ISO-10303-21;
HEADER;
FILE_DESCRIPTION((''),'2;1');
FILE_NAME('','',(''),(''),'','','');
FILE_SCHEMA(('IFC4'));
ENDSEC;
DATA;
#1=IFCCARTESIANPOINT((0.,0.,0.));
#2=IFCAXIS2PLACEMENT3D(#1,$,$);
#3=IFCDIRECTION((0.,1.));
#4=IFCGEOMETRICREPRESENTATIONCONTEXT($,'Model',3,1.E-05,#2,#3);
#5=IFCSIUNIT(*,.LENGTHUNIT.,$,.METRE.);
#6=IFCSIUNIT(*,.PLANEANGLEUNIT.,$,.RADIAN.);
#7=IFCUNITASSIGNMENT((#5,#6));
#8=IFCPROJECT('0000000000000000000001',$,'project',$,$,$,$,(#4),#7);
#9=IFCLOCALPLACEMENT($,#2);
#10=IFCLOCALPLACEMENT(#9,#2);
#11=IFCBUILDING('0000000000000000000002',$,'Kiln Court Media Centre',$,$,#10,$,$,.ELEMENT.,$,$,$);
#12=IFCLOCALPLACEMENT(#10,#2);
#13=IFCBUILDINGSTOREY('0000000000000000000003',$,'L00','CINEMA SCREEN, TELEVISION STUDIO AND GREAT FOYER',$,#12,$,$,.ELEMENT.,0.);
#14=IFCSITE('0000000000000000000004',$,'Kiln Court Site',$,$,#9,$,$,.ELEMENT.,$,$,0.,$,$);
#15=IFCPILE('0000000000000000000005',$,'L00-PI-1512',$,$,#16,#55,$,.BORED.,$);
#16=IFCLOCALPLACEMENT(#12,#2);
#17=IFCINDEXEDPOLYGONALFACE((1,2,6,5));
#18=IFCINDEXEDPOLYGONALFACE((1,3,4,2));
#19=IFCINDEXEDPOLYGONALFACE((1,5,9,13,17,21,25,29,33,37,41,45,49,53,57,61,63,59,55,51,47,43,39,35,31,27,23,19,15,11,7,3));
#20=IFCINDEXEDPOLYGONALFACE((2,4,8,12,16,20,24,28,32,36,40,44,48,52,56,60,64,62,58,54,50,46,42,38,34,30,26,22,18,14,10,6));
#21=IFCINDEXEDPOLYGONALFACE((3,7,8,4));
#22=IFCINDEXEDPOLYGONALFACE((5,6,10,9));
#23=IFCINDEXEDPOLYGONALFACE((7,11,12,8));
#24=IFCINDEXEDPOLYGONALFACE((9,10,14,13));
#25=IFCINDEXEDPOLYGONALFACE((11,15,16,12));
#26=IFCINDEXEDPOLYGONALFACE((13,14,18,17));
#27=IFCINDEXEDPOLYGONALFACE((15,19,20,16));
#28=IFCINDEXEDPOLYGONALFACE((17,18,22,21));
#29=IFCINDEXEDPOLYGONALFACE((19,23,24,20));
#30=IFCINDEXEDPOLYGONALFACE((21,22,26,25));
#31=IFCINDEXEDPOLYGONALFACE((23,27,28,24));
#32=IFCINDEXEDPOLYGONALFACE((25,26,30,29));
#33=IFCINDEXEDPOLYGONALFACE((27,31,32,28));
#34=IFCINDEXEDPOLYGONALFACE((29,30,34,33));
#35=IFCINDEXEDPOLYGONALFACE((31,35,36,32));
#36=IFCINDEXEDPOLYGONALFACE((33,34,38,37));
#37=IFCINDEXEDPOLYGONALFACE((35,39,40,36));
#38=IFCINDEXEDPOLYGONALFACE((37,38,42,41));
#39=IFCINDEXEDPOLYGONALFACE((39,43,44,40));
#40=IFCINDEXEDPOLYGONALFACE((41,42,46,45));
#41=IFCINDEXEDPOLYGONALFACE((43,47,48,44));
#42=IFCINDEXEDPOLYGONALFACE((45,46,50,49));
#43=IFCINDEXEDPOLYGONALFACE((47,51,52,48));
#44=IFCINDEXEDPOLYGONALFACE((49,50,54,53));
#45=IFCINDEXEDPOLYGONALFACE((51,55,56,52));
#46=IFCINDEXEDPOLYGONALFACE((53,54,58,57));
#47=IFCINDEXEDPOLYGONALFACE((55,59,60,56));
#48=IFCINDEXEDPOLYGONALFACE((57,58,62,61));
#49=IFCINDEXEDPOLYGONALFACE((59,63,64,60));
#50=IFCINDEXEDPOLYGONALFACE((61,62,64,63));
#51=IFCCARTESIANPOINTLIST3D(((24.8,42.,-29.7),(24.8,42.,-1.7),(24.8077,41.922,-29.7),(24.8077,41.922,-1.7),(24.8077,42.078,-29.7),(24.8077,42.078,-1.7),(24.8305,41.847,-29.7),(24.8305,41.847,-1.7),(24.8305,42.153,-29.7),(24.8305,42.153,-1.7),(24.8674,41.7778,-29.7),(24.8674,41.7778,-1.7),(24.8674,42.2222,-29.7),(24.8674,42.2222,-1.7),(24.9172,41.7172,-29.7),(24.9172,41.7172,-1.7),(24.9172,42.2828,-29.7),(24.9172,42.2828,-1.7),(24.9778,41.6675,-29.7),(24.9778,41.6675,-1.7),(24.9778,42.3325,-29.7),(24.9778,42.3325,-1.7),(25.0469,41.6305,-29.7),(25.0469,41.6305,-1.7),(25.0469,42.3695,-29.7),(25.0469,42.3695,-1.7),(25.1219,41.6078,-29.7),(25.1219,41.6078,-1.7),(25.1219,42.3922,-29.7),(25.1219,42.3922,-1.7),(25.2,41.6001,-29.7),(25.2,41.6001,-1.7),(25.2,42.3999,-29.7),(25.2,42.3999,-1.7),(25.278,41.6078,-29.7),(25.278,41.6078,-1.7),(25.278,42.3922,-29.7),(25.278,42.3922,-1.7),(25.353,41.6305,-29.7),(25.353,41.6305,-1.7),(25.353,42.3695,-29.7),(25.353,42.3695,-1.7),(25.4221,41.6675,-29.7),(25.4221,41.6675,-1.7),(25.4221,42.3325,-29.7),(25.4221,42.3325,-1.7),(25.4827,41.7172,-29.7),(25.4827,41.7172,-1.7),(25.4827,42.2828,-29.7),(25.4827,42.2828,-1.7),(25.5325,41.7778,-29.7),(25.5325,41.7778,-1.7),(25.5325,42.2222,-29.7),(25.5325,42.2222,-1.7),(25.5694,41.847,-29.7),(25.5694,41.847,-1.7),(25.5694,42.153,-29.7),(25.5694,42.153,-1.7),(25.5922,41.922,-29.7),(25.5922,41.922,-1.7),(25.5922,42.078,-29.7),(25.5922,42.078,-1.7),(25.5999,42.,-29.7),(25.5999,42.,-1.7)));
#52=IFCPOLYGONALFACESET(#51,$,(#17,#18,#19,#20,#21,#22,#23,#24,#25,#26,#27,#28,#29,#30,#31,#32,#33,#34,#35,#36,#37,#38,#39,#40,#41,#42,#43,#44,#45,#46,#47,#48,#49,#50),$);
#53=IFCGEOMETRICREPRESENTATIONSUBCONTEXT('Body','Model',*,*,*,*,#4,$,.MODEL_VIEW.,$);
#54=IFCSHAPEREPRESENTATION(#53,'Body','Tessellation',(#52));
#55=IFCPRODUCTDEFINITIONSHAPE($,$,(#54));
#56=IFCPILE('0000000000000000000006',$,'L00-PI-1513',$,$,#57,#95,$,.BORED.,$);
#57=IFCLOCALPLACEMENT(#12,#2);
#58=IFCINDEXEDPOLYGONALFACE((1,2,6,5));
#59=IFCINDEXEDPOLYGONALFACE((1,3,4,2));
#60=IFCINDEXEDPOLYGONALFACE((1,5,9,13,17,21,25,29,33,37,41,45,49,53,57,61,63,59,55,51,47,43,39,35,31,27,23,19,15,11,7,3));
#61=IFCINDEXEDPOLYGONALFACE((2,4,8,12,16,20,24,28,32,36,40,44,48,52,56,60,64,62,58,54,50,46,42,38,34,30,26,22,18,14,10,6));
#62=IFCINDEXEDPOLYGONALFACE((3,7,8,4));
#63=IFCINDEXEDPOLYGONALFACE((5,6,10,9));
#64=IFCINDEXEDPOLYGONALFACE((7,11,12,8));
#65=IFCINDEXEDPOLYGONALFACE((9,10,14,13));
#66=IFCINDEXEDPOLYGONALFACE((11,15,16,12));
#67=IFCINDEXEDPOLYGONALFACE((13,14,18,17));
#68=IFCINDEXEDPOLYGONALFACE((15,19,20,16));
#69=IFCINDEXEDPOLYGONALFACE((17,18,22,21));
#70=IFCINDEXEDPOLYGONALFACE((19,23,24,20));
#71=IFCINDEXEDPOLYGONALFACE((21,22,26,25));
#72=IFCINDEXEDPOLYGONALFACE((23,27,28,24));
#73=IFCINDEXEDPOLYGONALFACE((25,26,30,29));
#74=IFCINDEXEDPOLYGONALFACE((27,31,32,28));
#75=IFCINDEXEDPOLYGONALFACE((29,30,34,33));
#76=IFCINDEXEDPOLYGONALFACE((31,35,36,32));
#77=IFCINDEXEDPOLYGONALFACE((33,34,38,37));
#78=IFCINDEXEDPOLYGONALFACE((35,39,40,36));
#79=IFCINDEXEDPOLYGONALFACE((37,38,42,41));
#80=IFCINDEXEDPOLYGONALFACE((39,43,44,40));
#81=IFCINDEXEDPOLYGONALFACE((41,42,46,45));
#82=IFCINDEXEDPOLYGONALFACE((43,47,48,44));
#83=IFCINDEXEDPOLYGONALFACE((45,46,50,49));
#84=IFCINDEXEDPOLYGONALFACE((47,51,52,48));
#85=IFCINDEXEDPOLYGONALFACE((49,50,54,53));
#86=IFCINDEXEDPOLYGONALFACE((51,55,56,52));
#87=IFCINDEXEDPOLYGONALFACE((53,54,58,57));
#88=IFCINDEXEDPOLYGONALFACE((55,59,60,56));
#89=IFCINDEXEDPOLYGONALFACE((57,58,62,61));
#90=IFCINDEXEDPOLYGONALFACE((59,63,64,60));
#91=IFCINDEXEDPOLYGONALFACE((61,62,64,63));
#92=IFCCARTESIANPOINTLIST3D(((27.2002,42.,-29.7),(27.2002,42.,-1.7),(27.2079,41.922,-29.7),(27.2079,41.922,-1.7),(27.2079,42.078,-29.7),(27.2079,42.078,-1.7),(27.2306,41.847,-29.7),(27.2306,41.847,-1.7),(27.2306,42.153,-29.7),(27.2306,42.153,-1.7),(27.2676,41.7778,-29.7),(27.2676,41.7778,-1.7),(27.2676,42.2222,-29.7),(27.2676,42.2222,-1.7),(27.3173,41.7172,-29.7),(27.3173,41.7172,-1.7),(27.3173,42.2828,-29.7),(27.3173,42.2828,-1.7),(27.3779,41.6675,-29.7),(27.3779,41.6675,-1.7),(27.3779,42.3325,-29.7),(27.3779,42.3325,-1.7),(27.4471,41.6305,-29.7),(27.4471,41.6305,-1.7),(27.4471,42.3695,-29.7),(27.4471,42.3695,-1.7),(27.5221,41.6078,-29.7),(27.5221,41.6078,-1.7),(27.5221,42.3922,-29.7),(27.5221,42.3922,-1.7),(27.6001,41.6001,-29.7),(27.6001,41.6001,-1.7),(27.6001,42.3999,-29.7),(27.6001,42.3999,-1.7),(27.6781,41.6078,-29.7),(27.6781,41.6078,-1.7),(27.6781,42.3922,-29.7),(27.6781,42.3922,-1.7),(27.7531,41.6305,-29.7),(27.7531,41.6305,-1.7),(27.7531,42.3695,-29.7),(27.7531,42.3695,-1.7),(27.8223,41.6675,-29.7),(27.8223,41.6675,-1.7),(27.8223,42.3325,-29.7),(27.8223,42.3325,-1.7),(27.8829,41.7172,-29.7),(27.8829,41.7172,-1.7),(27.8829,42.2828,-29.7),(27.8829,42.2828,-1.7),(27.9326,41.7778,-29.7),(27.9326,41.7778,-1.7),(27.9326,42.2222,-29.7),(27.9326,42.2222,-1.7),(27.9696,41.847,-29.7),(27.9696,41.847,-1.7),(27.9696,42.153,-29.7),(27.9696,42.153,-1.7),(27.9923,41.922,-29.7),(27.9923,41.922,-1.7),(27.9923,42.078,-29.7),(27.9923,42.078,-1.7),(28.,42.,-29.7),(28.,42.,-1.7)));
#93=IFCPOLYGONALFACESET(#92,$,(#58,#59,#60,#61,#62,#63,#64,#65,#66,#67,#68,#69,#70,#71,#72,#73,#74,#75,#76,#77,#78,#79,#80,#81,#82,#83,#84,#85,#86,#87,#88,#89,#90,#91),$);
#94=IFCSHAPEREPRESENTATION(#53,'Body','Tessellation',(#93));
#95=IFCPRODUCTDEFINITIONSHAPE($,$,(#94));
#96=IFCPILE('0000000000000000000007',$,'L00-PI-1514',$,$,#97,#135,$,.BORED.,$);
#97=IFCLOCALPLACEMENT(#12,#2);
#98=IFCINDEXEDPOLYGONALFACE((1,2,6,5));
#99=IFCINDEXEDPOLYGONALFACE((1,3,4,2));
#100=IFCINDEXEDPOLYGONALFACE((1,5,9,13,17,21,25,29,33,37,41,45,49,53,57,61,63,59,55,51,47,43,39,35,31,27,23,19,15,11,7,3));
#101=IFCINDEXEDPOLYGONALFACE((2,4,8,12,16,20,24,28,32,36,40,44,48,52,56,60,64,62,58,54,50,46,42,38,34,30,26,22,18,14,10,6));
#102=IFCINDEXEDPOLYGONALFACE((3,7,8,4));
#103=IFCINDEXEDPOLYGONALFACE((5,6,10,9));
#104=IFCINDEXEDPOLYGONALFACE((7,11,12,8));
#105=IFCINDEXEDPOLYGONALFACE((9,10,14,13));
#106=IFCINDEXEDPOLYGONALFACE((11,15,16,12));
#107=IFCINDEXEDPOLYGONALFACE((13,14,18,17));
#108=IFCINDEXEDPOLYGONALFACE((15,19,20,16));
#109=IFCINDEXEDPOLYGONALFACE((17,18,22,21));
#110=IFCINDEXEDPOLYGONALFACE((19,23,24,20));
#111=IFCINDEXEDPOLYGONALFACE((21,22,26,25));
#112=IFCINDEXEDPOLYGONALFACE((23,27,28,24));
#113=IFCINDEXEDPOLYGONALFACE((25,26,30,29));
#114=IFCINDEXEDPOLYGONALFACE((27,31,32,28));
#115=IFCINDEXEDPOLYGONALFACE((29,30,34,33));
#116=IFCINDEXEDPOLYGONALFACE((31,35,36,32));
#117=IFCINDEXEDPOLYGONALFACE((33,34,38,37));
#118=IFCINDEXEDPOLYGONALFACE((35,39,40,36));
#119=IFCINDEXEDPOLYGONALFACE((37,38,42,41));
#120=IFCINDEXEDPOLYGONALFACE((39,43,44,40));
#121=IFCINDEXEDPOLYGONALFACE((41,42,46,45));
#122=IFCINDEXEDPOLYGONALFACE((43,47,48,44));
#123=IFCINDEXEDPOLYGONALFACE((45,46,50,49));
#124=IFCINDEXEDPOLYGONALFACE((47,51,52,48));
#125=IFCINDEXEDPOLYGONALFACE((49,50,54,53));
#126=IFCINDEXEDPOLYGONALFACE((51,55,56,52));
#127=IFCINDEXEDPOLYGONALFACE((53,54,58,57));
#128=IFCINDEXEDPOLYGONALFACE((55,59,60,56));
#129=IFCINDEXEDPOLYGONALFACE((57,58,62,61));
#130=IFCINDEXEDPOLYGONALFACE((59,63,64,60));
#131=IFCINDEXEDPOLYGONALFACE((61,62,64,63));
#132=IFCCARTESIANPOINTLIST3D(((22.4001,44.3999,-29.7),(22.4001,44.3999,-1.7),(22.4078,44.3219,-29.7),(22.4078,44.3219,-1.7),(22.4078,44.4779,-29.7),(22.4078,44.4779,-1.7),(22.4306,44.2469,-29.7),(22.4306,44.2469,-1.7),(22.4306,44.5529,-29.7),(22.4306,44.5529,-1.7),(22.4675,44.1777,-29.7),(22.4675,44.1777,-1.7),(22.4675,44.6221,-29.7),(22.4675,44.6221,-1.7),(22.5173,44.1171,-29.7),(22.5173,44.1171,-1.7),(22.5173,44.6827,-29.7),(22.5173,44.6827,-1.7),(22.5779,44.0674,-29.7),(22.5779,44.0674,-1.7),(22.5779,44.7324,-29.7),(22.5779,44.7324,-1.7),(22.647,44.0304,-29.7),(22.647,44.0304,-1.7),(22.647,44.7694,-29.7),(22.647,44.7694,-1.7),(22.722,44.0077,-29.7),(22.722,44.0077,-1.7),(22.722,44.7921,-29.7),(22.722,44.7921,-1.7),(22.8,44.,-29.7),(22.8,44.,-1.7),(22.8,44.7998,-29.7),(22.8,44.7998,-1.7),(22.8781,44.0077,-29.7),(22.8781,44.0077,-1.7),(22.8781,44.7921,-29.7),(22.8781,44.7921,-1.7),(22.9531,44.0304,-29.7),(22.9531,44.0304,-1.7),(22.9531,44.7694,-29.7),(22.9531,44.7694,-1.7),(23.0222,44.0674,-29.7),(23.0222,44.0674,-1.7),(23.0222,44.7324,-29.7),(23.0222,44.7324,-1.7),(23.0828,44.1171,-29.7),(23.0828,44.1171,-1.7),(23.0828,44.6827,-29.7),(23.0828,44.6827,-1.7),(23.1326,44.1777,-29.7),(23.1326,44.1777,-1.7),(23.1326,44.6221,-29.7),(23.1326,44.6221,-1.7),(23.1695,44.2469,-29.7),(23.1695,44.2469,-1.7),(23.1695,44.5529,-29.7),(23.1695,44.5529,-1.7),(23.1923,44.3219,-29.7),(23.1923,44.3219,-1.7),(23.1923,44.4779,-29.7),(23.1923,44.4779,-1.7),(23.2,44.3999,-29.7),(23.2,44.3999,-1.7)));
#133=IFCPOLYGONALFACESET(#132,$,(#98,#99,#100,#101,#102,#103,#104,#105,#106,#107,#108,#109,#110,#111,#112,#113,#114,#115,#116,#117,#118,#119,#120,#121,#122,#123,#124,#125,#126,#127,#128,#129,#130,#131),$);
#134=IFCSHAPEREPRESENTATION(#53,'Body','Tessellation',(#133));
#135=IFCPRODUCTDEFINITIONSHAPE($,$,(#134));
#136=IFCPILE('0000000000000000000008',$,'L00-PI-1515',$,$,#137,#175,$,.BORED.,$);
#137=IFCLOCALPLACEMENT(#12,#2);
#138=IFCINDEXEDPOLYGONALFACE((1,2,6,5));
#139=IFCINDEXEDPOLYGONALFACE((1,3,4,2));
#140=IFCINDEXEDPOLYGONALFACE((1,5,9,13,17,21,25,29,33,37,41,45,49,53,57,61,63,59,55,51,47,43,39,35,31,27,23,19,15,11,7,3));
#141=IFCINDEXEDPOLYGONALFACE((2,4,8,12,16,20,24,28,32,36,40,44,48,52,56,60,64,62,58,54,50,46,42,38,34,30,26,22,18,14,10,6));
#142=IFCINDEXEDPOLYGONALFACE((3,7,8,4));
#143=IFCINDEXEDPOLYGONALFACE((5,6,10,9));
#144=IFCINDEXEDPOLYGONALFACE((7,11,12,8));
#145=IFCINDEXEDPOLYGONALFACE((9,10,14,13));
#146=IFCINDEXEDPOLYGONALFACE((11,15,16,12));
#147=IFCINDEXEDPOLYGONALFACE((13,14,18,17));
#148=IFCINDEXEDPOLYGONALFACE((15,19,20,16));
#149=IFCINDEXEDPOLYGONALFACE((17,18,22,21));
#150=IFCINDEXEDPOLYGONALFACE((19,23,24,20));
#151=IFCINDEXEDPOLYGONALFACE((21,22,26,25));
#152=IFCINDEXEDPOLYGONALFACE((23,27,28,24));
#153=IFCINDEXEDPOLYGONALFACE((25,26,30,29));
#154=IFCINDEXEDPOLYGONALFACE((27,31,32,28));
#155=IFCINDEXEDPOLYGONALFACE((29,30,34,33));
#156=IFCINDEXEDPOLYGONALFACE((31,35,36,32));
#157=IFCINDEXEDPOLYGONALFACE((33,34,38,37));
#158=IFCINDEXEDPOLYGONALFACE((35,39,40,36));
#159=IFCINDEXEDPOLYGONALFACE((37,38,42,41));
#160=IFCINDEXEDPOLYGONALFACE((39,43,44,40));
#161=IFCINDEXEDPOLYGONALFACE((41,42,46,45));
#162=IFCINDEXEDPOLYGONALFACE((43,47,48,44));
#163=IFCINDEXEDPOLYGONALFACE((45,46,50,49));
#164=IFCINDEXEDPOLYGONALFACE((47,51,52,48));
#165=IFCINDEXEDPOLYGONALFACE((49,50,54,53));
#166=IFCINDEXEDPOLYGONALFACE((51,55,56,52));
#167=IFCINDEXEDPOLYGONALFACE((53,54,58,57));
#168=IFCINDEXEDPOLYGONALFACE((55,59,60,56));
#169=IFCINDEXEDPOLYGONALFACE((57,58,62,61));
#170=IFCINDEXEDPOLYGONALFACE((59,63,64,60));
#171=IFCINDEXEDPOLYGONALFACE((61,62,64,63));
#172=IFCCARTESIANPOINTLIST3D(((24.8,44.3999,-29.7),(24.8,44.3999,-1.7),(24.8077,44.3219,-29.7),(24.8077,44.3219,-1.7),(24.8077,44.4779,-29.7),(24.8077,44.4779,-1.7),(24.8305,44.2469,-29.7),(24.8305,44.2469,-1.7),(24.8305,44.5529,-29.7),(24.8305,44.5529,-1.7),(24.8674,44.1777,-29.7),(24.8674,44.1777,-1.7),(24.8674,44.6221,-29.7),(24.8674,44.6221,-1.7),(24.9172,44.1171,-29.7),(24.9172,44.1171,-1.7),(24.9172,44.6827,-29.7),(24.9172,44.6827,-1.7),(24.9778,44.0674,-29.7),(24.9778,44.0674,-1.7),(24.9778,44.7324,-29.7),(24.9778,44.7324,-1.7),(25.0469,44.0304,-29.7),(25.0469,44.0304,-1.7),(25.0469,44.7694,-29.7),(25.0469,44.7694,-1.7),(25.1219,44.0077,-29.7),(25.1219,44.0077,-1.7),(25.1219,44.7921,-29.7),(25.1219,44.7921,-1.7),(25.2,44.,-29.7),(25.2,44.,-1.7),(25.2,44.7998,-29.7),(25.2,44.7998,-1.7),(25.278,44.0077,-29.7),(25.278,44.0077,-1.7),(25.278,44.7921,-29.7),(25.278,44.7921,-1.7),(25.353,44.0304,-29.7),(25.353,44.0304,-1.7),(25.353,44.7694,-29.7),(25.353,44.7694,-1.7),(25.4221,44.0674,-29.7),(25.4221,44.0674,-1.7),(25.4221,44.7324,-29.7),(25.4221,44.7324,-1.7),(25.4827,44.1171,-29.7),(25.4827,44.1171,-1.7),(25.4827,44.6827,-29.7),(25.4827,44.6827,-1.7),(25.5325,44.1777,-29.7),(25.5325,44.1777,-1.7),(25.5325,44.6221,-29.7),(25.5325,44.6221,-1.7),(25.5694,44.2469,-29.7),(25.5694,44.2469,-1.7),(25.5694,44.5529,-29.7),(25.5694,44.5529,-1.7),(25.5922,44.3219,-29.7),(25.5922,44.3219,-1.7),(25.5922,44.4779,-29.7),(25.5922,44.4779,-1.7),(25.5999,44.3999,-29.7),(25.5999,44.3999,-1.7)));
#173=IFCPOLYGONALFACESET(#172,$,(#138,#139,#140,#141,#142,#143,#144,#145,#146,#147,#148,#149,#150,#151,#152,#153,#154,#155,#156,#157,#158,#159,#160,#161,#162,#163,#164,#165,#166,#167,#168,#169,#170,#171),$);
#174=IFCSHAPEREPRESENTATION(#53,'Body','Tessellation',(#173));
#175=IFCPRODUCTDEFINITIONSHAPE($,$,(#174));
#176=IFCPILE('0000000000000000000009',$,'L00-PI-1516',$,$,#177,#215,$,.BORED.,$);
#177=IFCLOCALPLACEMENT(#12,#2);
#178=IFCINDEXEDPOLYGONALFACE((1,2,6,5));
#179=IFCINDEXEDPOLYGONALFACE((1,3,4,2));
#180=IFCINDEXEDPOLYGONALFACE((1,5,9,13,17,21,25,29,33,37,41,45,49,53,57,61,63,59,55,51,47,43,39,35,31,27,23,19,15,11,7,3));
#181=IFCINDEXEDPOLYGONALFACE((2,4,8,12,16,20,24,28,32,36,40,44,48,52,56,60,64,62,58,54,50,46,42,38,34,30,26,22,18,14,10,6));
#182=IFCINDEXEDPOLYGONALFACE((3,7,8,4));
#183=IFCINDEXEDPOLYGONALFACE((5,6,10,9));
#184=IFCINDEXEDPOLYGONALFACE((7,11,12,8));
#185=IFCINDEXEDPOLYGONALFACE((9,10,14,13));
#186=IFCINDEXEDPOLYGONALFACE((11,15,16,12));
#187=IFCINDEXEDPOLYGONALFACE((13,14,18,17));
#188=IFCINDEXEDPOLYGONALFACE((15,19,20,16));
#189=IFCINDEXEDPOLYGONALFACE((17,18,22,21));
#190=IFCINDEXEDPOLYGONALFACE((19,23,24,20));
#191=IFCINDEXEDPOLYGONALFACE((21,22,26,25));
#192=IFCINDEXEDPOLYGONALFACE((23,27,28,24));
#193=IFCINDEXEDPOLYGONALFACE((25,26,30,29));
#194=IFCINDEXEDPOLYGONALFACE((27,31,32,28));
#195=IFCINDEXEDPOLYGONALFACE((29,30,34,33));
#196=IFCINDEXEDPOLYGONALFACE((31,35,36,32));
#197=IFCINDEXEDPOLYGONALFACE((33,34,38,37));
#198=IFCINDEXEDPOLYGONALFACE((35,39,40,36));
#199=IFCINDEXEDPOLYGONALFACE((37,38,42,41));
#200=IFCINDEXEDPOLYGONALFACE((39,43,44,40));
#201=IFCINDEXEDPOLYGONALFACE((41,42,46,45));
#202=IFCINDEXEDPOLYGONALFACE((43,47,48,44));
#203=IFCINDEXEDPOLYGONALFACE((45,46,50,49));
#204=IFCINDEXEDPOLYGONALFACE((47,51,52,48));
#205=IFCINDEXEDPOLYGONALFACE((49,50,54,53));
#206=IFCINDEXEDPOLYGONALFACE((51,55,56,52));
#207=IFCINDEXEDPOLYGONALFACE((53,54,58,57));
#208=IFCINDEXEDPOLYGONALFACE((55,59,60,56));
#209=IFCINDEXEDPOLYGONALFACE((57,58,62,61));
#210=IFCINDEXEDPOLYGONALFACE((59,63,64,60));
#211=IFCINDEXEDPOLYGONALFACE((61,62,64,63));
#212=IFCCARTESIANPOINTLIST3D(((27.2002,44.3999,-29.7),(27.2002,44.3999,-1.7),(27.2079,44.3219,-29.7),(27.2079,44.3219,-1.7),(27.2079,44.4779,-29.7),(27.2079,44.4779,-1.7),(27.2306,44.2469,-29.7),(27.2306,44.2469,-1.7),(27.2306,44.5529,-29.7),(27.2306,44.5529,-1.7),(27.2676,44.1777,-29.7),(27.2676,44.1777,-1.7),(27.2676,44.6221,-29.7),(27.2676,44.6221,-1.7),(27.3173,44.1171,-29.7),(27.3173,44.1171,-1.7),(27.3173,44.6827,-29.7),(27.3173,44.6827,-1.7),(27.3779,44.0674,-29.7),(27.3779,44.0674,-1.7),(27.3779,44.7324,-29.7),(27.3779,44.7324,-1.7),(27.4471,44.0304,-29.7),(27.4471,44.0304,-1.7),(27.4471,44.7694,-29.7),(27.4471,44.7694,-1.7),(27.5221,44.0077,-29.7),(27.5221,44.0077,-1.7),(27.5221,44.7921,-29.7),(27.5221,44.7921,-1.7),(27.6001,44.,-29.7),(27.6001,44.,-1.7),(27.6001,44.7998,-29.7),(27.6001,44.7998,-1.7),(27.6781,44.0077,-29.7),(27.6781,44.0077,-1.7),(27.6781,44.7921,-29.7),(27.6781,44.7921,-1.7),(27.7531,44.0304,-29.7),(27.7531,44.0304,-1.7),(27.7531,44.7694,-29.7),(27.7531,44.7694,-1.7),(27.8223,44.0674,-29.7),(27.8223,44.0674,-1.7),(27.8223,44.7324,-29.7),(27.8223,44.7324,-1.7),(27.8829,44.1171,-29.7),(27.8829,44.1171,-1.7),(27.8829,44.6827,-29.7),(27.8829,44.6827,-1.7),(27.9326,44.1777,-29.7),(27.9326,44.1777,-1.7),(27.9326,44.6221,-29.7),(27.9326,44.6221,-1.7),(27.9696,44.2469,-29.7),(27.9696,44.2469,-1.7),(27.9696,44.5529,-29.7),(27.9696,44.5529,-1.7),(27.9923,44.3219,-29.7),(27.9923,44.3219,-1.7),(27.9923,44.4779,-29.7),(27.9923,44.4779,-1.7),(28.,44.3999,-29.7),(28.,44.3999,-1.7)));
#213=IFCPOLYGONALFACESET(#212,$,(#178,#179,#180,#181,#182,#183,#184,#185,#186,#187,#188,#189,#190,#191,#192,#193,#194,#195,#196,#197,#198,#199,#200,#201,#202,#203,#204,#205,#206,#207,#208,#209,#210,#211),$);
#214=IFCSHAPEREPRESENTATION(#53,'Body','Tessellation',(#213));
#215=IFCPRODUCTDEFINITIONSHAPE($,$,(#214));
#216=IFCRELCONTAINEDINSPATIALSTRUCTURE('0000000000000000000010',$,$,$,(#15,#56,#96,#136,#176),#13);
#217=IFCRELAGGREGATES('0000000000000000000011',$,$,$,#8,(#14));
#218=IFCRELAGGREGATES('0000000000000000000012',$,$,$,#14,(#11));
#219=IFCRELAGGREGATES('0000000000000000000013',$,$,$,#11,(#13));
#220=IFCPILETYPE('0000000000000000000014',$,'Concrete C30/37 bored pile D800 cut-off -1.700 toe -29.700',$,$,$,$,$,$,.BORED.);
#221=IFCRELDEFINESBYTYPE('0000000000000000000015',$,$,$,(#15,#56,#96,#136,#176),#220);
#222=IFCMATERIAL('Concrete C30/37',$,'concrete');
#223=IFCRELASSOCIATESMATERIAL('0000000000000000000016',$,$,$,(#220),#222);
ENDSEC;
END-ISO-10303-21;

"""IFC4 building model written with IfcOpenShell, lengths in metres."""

from ifc_helpers import new_model, si_unit, direction, frame, origin, origin_2d, place, context, subcontext, project, spatial, circle, extrude, material, material_profile, profile_set, type_object, element, save


model = new_model("IFC4")

# Units and contexts
model_context = context("Model", 3, precision=1e-05, world=origin(), true_north=direction((0.0, 1.0)))
body_context = subcontext(model_context, "Body", "Model", "MODEL_VIEW")
ifc_project = project(units=[si_unit("LENGTHUNIT", "METRE"), si_unit("PLANEANGLEUNIT", "RADIAN")], contexts=[model_context])

# Site, building, storey
site_placement = place(None, origin())
site = spatial("IfcSite", under=ifc_project, at=site_placement, Name="Kiln Court Site", CompositionType="ELEMENT", RefElevation=0.0)
building_placement = place(site_placement, origin())
building = spatial("IfcBuilding", under=site, at=building_placement, Name="Kiln Court Media Centre", CompositionType="ELEMENT")
storey_placement = place(building_placement, origin())
storey = spatial("IfcBuildingStorey", under=building, at=storey_placement, Name="L00", Description="CINEMA SCREEN, TELEVISION STUDIO AND GREAT FOYER", CompositionType="ELEMENT", Elevation=0.0)

# Piles
ifc_material_1 = material(Name="Concrete C30/37", Category="concrete")
ifc_material_profile_1 = material_profile(ifc_material_1, circle(Radius=0.3999, at=origin_2d()), Name="PILE D800")
ifc_profile_set_1 = profile_set([ifc_material_profile_1], Name="Concrete C30/37")
pile_type_1 = type_object("IfcPileType", Name="Concrete C30/37 bored pile D800 cut-off -1.700 toe -29.700", PredefinedType="BORED", material=ifc_profile_set_1)
for number, where, z_axis, x_axis, name in (
    (1, (25.2, 42.0, -1.7), (0.0, 0.0, -1.0), (1.0, 0.0, 0.0), "L00-PI-1512"),
    (2, (27.6001, 42.0, -1.7), (0.0, 0.0, -1.0), (1.0, 0.0, 0.0), "L00-PI-1513"),
    (3, (22.8, 44.3999, -1.7), (0.0, 0.0, -1.0), (1.0, 0.0, 0.0), "L00-PI-1514"),
    (4, (25.2, 44.3999, -1.7), (0.0, 0.0, -1.0), (1.0, 0.0, 0.0), "L00-PI-1515"),
    (5, (27.6001, 44.3999, -1.7), (0.0, 0.0, -1.0), (1.0, 0.0, 0.0), "L00-PI-1516"),
):
    element("IfcPile", number, at=place(storey_placement, frame(where, z_axis=z_axis, x_axis=x_axis)), inside=storey, type_object=pile_type_1, Name=name, PredefinedType="BORED", context=body_context, shape_type="SweptSolid", body=[
        extrude(circle(Radius=0.3999, at=origin_2d()), origin(), (0.0, 0.0, 1.0), 28.0),
    ])

save(model, "model.ifc")
